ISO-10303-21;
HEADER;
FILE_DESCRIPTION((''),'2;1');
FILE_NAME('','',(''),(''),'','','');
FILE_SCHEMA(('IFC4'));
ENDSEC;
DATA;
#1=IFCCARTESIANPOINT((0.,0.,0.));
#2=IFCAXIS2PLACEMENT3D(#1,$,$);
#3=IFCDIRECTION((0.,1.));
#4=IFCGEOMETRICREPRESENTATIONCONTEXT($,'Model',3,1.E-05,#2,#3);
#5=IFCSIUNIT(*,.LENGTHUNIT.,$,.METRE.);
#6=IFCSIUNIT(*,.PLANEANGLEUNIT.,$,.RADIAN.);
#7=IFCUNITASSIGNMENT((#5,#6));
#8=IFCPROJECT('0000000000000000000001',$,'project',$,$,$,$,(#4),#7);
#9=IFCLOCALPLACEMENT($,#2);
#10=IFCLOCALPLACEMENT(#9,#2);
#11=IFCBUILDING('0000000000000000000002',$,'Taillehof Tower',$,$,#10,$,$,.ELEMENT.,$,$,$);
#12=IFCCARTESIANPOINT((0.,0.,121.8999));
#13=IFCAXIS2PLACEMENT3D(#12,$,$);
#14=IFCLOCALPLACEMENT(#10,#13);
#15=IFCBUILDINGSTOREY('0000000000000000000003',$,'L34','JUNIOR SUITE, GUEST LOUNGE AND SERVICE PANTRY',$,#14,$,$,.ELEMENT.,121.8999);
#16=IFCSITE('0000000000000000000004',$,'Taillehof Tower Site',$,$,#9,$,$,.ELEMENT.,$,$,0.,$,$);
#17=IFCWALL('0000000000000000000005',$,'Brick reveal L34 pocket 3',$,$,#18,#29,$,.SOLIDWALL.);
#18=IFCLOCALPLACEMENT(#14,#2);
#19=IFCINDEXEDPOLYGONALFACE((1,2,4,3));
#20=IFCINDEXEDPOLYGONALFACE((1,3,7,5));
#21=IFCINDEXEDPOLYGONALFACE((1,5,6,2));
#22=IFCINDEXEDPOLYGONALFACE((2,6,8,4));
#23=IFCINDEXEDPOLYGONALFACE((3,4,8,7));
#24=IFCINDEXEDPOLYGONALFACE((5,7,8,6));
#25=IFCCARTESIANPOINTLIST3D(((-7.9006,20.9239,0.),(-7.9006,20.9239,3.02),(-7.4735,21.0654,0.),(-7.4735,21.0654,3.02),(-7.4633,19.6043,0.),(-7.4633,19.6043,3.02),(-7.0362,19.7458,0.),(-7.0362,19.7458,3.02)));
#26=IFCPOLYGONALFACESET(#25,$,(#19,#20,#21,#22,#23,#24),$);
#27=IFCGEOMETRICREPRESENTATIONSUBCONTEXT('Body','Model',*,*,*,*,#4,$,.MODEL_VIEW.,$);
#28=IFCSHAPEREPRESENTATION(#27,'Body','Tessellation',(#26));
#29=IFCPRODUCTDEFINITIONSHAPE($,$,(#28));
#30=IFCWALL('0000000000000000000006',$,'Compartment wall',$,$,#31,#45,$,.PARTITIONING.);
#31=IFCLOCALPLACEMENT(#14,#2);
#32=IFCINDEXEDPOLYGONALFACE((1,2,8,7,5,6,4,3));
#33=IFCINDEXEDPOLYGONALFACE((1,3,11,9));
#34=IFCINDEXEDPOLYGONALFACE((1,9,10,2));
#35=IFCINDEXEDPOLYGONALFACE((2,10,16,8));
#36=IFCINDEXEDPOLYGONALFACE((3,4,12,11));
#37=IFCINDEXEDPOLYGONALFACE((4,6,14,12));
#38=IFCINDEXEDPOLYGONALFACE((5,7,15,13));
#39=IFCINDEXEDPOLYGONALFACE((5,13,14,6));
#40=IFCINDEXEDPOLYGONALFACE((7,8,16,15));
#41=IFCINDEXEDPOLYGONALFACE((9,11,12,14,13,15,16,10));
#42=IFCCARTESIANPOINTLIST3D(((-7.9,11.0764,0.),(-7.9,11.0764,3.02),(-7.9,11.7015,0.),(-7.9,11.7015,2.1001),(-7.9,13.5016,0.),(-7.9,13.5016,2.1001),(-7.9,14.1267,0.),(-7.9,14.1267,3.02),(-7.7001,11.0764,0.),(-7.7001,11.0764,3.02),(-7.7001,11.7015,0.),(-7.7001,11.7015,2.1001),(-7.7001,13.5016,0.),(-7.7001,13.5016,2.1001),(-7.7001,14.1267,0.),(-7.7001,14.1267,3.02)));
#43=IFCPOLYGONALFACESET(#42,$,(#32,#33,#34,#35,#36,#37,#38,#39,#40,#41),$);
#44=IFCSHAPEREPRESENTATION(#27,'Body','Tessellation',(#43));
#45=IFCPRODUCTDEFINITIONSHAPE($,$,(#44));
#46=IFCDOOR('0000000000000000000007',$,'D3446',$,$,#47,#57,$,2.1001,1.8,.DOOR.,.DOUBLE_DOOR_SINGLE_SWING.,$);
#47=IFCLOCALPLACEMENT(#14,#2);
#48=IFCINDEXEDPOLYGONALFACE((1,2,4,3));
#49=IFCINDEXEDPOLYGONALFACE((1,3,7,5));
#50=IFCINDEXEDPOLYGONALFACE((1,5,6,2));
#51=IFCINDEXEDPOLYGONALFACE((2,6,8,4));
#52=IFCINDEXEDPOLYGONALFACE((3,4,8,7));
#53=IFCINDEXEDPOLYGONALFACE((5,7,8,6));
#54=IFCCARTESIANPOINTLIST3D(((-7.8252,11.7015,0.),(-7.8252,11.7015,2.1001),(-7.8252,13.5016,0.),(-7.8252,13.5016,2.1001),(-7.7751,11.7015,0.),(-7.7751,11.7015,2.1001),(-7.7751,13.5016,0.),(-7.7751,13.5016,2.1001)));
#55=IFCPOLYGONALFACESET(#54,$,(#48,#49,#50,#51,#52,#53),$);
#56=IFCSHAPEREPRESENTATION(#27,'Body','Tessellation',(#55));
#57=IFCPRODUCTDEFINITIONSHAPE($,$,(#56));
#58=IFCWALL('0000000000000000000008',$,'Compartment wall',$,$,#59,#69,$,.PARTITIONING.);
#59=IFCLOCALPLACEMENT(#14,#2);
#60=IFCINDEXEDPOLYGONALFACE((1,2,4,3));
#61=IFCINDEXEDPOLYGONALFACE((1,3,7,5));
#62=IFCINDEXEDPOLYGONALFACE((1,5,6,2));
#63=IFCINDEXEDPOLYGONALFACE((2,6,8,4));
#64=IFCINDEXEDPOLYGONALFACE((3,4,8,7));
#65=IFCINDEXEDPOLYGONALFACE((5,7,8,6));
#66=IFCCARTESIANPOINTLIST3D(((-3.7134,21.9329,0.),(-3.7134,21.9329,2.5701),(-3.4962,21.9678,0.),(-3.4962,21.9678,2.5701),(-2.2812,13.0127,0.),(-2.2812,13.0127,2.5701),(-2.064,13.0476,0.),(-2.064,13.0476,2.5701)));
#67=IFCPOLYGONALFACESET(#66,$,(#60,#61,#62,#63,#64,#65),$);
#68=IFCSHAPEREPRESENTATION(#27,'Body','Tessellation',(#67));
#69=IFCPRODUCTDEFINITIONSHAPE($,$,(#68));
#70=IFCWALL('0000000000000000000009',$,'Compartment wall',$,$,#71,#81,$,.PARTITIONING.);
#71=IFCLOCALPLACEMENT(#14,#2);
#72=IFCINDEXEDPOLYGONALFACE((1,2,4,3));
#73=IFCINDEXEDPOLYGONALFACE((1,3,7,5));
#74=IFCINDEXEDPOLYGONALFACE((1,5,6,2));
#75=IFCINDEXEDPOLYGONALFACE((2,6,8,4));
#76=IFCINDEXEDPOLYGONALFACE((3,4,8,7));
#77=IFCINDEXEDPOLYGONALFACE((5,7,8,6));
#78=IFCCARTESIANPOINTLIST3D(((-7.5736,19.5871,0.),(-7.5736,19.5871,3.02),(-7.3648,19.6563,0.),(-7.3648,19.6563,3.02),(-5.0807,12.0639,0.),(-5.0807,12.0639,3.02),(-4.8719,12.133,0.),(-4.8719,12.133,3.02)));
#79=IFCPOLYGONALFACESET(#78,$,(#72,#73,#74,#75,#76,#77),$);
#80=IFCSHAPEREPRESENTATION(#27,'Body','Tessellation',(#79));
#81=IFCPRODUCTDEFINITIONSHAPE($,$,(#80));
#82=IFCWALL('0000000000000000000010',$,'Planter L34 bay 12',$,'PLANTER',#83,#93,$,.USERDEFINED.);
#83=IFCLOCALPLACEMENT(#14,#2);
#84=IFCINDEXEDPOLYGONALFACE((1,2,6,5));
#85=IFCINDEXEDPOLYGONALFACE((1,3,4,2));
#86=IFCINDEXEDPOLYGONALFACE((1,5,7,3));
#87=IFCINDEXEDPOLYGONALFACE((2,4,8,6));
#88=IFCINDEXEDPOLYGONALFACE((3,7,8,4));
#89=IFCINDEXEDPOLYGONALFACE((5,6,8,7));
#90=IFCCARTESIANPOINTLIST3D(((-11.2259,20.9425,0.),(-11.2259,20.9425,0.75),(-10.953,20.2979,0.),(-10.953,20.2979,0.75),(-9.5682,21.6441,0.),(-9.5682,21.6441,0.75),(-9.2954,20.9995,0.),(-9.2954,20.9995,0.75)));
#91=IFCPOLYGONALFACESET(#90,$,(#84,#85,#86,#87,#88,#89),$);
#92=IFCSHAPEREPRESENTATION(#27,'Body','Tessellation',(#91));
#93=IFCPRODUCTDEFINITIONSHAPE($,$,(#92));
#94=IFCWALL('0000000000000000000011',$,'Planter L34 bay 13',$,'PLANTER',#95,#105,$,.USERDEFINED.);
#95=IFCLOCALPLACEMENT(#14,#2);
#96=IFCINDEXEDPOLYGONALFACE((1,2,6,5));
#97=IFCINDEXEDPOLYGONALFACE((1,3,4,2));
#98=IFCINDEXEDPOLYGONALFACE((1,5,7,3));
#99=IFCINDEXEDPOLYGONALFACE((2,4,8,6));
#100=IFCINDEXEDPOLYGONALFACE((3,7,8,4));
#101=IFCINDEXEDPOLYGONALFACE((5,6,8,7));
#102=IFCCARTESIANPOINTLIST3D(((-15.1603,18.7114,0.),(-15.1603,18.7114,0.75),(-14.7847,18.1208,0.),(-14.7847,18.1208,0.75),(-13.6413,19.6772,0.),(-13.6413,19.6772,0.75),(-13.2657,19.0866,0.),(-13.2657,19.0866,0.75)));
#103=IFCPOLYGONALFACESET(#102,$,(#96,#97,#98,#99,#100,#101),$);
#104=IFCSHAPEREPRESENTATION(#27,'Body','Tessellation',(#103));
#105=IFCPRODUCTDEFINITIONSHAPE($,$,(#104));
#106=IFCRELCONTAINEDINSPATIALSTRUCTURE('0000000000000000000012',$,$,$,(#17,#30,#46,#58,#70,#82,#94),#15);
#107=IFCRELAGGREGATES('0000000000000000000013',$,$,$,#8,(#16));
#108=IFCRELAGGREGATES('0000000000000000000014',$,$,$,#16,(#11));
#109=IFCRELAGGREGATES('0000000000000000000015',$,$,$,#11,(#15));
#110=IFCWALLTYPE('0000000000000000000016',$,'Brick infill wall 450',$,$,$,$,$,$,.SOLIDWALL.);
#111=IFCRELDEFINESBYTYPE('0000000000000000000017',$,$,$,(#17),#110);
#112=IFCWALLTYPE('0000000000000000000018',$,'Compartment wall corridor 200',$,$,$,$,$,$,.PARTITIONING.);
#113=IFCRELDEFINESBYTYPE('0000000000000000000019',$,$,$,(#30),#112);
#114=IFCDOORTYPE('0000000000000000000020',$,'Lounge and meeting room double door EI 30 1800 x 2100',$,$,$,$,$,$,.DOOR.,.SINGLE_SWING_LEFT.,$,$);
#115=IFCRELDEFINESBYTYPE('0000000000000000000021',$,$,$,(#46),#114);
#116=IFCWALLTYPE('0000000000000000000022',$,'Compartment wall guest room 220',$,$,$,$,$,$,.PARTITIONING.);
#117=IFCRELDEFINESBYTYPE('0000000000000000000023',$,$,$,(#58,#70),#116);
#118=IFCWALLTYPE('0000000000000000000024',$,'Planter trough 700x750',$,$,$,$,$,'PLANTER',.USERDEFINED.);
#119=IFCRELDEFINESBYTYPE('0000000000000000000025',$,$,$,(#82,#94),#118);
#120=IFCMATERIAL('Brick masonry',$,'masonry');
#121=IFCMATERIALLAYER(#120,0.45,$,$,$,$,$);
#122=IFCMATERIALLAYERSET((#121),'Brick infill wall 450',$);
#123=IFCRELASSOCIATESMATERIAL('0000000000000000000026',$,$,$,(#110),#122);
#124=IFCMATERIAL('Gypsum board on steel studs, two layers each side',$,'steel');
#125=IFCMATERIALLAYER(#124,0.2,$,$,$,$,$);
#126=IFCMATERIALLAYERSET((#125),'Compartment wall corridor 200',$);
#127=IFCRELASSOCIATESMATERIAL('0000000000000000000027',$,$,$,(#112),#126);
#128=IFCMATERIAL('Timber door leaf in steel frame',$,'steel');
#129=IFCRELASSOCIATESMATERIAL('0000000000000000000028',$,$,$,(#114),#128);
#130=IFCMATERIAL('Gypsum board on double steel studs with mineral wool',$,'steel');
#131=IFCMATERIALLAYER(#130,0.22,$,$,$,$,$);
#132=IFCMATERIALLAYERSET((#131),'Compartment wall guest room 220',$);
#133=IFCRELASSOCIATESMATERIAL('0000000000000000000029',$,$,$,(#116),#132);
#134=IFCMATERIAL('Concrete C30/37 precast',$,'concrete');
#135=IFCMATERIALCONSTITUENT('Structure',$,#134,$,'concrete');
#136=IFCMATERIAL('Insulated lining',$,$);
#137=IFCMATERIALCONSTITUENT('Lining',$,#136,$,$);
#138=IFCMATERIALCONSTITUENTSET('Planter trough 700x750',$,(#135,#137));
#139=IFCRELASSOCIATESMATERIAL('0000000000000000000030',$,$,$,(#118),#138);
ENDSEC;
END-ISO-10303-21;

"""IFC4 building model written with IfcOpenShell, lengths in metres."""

from ifc_helpers import new_model, si_unit, direction, frame, frame_2d, origin, place, context, subcontext, project, spatial, rectangle, extrude, material, layer, layer_set, constituent, constituent_set, type_object, element, fill, save


model = new_model("IFC4")

# Units and contexts
model_context = context("Model", 3, precision=1e-05, world=origin(), true_north=direction((0.0, 1.0)))
body_context = subcontext(model_context, "Body", "Model", "MODEL_VIEW")
ifc_project = project(units=[si_unit("LENGTHUNIT", "METRE"), si_unit("PLANEANGLEUNIT", "RADIAN")], contexts=[model_context])

# Site, building, storey
site_placement = place(None, origin())
site = spatial("IfcSite", under=ifc_project, at=site_placement, Name="Taillehof Tower Site", CompositionType="ELEMENT", RefElevation=0.0)
building_placement = place(site_placement, origin())
building = spatial("IfcBuilding", under=site, at=building_placement, Name="Taillehof Tower", CompositionType="ELEMENT")
storey_placement = place(building_placement, frame((0.0, 0.0, 121.8999)))
storey = spatial("IfcBuildingStorey", under=building, at=storey_placement, Name="L34", Description="JUNIOR SUITE, GUEST LOUNGE AND SERVICE PANTRY", CompositionType="ELEMENT", Elevation=121.8999)

# Shared definitions
ifc_material_1 = material(Name="Brick masonry", Category="masonry")
ifc_layer_1 = layer(ifc_material_1, 0.45)
ifc_layer_set_1 = layer_set([ifc_layer_1], Name="Brick infill wall 450")
wall_type_1 = type_object("IfcWallType", Name="Brick infill wall 450", PredefinedType="SOLIDWALL", material=ifc_layer_set_1)

# Wall
wall_1_placement = place(storey_placement, frame((-7.687, 20.9946, 0.0), z_axis=(0.0, 0.0, 1.0), x_axis=(0.314541, -0.949244, 0.0)))
element("IfcWall", 1, at=wall_1_placement, inside=storey, type_object=wall_type_1, Name="Brick reveal L34 pocket 3", PredefinedType="SOLIDWALL", context=body_context, shape_type="SweptSolid", body=[
    extrude(rectangle(XDim=1.3901, YDim=0.45, at=frame_2d((0.6951, 0.0))), origin(), (0.0, 0.0, 1.0), 3.02),
])

# Wall, opening, door
ifc_material_2 = material(Name="Gypsum board on steel studs, two layers each side", Category="steel")
ifc_layer_2 = layer(ifc_material_2, 0.2)
ifc_layer_set_2 = layer_set([ifc_layer_2], Name="Compartment wall corridor 200")
wall_type_2 = type_object("IfcWallType", Name="Compartment wall corridor 200", PredefinedType="PARTITIONING", material=ifc_layer_set_2)
wall_2_placement = place(storey_placement, frame((-7.8, 14.1267, 0.0), z_axis=(0.0, 0.0, 1.0), x_axis=(0.0, -1.0, 0.0)))
wall_2 = element("IfcWall", 2, at=wall_2_placement, inside=storey, type_object=wall_type_2, Name="Compartment wall", PredefinedType="PARTITIONING", context=body_context, shape_type="SweptSolid", body=[
    extrude(rectangle(XDim=3.0503, YDim=0.2, at=frame_2d((1.5251, 0.0))), origin(), (0.0, 0.0, 1.0), 3.02),
])
opening_1_placement = place(wall_2_placement, frame((0.6252, 0.0, 0.0)))
opening_1 = element("IfcOpeningElement", 3, at=opening_1_placement, cuts=wall_2, PredefinedType="OPENING", context=body_context, shape_type="SweptSolid", body=[
    extrude(rectangle(XDim=1.8, YDim=2.1001, at=frame_2d((0.8999, 1.05))), frame((0.0, 0.1099, 0.0), z_axis=(0.0, -1.0, 0.0), x_axis=(1.0, 0.0, 0.0)), (0.0, 0.0, 1.0), 0.22),
])
ifc_material_3 = material(Name="Timber door leaf in steel frame", Category="steel")
door_type_1 = type_object("IfcDoorType", Name="Lounge and meeting room double door EI 30 1800 x 2100", OperationType="SINGLE_SWING_LEFT", PredefinedType="DOOR", material=ifc_material_3)
door_1_placement = place(opening_1_placement, origin())
door_1 = element("IfcDoor", 4, at=door_1_placement, inside=storey, type_object=door_type_1, Name="D3446", OperationType="DOUBLE_DOOR_SINGLE_SWING", OverallHeight=2.1001, OverallWidth=1.8, PredefinedType="DOOR", context=body_context, shape_type="SweptSolid", body=[
    extrude(rectangle(XDim=1.8, YDim=2.1001, at=frame_2d((0.8999, 1.05))), frame((0.0, 0.0249, 0.0), z_axis=(0.0, -1.0, 0.0), x_axis=(1.0, 0.0, 0.0)), (0.0, 0.0, 1.0), 0.05),
])
fill(opening_1, door_1)

# Walls
ifc_material_4 = material(Name="Gypsum board on double steel studs with mineral wool", Category="steel")
ifc_layer_3 = layer(ifc_material_4, 0.22)
ifc_layer_set_3 = layer_set([ifc_layer_3], Name="Compartment wall guest room 220")
wall_type_3 = type_object("IfcWallType", Name="Compartment wall guest room 220", PredefinedType="PARTITIONING", material=ifc_layer_set_3)
wall_3_placement = place(storey_placement, frame((-3.6047, 21.9502, 0.0), z_axis=(0.0, 0.0, 1.0), x_axis=(0.15852, -0.987356, 0.0)))
element("IfcWall", 5, at=wall_3_placement, inside=storey, type_object=wall_type_3, Name="Compartment wall", PredefinedType="PARTITIONING", context=body_context, shape_type="SweptSolid", body=[
    extrude(rectangle(XDim=9.0344, YDim=0.22, at=frame_2d((4.5171, 0.0))), origin(), (0.0, 0.0, 1.0), 2.5701),
])
wall_4_placement = place(storey_placement, frame((-7.4692, 19.6218, 0.0), z_axis=(0.0, 0.0, 1.0), x_axis=(0.314545, -0.949242, 0.0)))
element("IfcWall", 6, at=wall_4_placement, inside=storey, type_object=wall_type_3, Name="Compartment wall", PredefinedType="PARTITIONING", context=body_context, shape_type="SweptSolid", body=[
    extrude(rectangle(XDim=7.9255, YDim=0.22, at=frame_2d((3.9629, 0.0))), origin(), (0.0, 0.0, 1.0), 3.02),
])
ifc_material_5 = material(Name="Concrete C30/37 precast", Category="concrete")
ifc_constituent_1 = constituent(ifc_material_5, Name="Structure", Category="concrete")
ifc_material_6 = material(Name="Insulated lining")
ifc_constituent_2 = constituent(ifc_material_6, Name="Lining")
ifc_constituent_set = constituent_set(constituents=[ifc_constituent_1, ifc_constituent_2], Name="Planter trough 700x750")
wall_type_4 = type_object("IfcWallType", Name="Planter trough 700x750", ElementType="PLANTER", PredefinedType="USERDEFINED", material=ifc_constituent_set)
for number, where, z_axis, x_axis, name in (
    (7, (-9.4319, 21.3218, 0.0), (0.0, 0.0, 1.0), (-0.920904, -0.38979, 0.0), "Planter L34 bay 12"),
    (8, (-13.4536, 19.3818, 0.0), (0.0, 0.0, 1.0), (-0.843874, -0.536542, 0.0), "Planter L34 bay 13"),
):
    element("IfcWall", number, at=place(storey_placement, frame(where, z_axis=z_axis, x_axis=x_axis)), inside=storey, type_object=wall_type_4, Name=name, ObjectType="PLANTER", PredefinedType="USERDEFINED", context=body_context, shape_type="SweptSolid", body=[
        extrude(rectangle(XDim=1.8, YDim=0.7, at=frame_2d((0.8999, 0.0))), origin(), (0.0, 0.0, 1.0), 0.75),
    ])

save(model, "model.ifc")
